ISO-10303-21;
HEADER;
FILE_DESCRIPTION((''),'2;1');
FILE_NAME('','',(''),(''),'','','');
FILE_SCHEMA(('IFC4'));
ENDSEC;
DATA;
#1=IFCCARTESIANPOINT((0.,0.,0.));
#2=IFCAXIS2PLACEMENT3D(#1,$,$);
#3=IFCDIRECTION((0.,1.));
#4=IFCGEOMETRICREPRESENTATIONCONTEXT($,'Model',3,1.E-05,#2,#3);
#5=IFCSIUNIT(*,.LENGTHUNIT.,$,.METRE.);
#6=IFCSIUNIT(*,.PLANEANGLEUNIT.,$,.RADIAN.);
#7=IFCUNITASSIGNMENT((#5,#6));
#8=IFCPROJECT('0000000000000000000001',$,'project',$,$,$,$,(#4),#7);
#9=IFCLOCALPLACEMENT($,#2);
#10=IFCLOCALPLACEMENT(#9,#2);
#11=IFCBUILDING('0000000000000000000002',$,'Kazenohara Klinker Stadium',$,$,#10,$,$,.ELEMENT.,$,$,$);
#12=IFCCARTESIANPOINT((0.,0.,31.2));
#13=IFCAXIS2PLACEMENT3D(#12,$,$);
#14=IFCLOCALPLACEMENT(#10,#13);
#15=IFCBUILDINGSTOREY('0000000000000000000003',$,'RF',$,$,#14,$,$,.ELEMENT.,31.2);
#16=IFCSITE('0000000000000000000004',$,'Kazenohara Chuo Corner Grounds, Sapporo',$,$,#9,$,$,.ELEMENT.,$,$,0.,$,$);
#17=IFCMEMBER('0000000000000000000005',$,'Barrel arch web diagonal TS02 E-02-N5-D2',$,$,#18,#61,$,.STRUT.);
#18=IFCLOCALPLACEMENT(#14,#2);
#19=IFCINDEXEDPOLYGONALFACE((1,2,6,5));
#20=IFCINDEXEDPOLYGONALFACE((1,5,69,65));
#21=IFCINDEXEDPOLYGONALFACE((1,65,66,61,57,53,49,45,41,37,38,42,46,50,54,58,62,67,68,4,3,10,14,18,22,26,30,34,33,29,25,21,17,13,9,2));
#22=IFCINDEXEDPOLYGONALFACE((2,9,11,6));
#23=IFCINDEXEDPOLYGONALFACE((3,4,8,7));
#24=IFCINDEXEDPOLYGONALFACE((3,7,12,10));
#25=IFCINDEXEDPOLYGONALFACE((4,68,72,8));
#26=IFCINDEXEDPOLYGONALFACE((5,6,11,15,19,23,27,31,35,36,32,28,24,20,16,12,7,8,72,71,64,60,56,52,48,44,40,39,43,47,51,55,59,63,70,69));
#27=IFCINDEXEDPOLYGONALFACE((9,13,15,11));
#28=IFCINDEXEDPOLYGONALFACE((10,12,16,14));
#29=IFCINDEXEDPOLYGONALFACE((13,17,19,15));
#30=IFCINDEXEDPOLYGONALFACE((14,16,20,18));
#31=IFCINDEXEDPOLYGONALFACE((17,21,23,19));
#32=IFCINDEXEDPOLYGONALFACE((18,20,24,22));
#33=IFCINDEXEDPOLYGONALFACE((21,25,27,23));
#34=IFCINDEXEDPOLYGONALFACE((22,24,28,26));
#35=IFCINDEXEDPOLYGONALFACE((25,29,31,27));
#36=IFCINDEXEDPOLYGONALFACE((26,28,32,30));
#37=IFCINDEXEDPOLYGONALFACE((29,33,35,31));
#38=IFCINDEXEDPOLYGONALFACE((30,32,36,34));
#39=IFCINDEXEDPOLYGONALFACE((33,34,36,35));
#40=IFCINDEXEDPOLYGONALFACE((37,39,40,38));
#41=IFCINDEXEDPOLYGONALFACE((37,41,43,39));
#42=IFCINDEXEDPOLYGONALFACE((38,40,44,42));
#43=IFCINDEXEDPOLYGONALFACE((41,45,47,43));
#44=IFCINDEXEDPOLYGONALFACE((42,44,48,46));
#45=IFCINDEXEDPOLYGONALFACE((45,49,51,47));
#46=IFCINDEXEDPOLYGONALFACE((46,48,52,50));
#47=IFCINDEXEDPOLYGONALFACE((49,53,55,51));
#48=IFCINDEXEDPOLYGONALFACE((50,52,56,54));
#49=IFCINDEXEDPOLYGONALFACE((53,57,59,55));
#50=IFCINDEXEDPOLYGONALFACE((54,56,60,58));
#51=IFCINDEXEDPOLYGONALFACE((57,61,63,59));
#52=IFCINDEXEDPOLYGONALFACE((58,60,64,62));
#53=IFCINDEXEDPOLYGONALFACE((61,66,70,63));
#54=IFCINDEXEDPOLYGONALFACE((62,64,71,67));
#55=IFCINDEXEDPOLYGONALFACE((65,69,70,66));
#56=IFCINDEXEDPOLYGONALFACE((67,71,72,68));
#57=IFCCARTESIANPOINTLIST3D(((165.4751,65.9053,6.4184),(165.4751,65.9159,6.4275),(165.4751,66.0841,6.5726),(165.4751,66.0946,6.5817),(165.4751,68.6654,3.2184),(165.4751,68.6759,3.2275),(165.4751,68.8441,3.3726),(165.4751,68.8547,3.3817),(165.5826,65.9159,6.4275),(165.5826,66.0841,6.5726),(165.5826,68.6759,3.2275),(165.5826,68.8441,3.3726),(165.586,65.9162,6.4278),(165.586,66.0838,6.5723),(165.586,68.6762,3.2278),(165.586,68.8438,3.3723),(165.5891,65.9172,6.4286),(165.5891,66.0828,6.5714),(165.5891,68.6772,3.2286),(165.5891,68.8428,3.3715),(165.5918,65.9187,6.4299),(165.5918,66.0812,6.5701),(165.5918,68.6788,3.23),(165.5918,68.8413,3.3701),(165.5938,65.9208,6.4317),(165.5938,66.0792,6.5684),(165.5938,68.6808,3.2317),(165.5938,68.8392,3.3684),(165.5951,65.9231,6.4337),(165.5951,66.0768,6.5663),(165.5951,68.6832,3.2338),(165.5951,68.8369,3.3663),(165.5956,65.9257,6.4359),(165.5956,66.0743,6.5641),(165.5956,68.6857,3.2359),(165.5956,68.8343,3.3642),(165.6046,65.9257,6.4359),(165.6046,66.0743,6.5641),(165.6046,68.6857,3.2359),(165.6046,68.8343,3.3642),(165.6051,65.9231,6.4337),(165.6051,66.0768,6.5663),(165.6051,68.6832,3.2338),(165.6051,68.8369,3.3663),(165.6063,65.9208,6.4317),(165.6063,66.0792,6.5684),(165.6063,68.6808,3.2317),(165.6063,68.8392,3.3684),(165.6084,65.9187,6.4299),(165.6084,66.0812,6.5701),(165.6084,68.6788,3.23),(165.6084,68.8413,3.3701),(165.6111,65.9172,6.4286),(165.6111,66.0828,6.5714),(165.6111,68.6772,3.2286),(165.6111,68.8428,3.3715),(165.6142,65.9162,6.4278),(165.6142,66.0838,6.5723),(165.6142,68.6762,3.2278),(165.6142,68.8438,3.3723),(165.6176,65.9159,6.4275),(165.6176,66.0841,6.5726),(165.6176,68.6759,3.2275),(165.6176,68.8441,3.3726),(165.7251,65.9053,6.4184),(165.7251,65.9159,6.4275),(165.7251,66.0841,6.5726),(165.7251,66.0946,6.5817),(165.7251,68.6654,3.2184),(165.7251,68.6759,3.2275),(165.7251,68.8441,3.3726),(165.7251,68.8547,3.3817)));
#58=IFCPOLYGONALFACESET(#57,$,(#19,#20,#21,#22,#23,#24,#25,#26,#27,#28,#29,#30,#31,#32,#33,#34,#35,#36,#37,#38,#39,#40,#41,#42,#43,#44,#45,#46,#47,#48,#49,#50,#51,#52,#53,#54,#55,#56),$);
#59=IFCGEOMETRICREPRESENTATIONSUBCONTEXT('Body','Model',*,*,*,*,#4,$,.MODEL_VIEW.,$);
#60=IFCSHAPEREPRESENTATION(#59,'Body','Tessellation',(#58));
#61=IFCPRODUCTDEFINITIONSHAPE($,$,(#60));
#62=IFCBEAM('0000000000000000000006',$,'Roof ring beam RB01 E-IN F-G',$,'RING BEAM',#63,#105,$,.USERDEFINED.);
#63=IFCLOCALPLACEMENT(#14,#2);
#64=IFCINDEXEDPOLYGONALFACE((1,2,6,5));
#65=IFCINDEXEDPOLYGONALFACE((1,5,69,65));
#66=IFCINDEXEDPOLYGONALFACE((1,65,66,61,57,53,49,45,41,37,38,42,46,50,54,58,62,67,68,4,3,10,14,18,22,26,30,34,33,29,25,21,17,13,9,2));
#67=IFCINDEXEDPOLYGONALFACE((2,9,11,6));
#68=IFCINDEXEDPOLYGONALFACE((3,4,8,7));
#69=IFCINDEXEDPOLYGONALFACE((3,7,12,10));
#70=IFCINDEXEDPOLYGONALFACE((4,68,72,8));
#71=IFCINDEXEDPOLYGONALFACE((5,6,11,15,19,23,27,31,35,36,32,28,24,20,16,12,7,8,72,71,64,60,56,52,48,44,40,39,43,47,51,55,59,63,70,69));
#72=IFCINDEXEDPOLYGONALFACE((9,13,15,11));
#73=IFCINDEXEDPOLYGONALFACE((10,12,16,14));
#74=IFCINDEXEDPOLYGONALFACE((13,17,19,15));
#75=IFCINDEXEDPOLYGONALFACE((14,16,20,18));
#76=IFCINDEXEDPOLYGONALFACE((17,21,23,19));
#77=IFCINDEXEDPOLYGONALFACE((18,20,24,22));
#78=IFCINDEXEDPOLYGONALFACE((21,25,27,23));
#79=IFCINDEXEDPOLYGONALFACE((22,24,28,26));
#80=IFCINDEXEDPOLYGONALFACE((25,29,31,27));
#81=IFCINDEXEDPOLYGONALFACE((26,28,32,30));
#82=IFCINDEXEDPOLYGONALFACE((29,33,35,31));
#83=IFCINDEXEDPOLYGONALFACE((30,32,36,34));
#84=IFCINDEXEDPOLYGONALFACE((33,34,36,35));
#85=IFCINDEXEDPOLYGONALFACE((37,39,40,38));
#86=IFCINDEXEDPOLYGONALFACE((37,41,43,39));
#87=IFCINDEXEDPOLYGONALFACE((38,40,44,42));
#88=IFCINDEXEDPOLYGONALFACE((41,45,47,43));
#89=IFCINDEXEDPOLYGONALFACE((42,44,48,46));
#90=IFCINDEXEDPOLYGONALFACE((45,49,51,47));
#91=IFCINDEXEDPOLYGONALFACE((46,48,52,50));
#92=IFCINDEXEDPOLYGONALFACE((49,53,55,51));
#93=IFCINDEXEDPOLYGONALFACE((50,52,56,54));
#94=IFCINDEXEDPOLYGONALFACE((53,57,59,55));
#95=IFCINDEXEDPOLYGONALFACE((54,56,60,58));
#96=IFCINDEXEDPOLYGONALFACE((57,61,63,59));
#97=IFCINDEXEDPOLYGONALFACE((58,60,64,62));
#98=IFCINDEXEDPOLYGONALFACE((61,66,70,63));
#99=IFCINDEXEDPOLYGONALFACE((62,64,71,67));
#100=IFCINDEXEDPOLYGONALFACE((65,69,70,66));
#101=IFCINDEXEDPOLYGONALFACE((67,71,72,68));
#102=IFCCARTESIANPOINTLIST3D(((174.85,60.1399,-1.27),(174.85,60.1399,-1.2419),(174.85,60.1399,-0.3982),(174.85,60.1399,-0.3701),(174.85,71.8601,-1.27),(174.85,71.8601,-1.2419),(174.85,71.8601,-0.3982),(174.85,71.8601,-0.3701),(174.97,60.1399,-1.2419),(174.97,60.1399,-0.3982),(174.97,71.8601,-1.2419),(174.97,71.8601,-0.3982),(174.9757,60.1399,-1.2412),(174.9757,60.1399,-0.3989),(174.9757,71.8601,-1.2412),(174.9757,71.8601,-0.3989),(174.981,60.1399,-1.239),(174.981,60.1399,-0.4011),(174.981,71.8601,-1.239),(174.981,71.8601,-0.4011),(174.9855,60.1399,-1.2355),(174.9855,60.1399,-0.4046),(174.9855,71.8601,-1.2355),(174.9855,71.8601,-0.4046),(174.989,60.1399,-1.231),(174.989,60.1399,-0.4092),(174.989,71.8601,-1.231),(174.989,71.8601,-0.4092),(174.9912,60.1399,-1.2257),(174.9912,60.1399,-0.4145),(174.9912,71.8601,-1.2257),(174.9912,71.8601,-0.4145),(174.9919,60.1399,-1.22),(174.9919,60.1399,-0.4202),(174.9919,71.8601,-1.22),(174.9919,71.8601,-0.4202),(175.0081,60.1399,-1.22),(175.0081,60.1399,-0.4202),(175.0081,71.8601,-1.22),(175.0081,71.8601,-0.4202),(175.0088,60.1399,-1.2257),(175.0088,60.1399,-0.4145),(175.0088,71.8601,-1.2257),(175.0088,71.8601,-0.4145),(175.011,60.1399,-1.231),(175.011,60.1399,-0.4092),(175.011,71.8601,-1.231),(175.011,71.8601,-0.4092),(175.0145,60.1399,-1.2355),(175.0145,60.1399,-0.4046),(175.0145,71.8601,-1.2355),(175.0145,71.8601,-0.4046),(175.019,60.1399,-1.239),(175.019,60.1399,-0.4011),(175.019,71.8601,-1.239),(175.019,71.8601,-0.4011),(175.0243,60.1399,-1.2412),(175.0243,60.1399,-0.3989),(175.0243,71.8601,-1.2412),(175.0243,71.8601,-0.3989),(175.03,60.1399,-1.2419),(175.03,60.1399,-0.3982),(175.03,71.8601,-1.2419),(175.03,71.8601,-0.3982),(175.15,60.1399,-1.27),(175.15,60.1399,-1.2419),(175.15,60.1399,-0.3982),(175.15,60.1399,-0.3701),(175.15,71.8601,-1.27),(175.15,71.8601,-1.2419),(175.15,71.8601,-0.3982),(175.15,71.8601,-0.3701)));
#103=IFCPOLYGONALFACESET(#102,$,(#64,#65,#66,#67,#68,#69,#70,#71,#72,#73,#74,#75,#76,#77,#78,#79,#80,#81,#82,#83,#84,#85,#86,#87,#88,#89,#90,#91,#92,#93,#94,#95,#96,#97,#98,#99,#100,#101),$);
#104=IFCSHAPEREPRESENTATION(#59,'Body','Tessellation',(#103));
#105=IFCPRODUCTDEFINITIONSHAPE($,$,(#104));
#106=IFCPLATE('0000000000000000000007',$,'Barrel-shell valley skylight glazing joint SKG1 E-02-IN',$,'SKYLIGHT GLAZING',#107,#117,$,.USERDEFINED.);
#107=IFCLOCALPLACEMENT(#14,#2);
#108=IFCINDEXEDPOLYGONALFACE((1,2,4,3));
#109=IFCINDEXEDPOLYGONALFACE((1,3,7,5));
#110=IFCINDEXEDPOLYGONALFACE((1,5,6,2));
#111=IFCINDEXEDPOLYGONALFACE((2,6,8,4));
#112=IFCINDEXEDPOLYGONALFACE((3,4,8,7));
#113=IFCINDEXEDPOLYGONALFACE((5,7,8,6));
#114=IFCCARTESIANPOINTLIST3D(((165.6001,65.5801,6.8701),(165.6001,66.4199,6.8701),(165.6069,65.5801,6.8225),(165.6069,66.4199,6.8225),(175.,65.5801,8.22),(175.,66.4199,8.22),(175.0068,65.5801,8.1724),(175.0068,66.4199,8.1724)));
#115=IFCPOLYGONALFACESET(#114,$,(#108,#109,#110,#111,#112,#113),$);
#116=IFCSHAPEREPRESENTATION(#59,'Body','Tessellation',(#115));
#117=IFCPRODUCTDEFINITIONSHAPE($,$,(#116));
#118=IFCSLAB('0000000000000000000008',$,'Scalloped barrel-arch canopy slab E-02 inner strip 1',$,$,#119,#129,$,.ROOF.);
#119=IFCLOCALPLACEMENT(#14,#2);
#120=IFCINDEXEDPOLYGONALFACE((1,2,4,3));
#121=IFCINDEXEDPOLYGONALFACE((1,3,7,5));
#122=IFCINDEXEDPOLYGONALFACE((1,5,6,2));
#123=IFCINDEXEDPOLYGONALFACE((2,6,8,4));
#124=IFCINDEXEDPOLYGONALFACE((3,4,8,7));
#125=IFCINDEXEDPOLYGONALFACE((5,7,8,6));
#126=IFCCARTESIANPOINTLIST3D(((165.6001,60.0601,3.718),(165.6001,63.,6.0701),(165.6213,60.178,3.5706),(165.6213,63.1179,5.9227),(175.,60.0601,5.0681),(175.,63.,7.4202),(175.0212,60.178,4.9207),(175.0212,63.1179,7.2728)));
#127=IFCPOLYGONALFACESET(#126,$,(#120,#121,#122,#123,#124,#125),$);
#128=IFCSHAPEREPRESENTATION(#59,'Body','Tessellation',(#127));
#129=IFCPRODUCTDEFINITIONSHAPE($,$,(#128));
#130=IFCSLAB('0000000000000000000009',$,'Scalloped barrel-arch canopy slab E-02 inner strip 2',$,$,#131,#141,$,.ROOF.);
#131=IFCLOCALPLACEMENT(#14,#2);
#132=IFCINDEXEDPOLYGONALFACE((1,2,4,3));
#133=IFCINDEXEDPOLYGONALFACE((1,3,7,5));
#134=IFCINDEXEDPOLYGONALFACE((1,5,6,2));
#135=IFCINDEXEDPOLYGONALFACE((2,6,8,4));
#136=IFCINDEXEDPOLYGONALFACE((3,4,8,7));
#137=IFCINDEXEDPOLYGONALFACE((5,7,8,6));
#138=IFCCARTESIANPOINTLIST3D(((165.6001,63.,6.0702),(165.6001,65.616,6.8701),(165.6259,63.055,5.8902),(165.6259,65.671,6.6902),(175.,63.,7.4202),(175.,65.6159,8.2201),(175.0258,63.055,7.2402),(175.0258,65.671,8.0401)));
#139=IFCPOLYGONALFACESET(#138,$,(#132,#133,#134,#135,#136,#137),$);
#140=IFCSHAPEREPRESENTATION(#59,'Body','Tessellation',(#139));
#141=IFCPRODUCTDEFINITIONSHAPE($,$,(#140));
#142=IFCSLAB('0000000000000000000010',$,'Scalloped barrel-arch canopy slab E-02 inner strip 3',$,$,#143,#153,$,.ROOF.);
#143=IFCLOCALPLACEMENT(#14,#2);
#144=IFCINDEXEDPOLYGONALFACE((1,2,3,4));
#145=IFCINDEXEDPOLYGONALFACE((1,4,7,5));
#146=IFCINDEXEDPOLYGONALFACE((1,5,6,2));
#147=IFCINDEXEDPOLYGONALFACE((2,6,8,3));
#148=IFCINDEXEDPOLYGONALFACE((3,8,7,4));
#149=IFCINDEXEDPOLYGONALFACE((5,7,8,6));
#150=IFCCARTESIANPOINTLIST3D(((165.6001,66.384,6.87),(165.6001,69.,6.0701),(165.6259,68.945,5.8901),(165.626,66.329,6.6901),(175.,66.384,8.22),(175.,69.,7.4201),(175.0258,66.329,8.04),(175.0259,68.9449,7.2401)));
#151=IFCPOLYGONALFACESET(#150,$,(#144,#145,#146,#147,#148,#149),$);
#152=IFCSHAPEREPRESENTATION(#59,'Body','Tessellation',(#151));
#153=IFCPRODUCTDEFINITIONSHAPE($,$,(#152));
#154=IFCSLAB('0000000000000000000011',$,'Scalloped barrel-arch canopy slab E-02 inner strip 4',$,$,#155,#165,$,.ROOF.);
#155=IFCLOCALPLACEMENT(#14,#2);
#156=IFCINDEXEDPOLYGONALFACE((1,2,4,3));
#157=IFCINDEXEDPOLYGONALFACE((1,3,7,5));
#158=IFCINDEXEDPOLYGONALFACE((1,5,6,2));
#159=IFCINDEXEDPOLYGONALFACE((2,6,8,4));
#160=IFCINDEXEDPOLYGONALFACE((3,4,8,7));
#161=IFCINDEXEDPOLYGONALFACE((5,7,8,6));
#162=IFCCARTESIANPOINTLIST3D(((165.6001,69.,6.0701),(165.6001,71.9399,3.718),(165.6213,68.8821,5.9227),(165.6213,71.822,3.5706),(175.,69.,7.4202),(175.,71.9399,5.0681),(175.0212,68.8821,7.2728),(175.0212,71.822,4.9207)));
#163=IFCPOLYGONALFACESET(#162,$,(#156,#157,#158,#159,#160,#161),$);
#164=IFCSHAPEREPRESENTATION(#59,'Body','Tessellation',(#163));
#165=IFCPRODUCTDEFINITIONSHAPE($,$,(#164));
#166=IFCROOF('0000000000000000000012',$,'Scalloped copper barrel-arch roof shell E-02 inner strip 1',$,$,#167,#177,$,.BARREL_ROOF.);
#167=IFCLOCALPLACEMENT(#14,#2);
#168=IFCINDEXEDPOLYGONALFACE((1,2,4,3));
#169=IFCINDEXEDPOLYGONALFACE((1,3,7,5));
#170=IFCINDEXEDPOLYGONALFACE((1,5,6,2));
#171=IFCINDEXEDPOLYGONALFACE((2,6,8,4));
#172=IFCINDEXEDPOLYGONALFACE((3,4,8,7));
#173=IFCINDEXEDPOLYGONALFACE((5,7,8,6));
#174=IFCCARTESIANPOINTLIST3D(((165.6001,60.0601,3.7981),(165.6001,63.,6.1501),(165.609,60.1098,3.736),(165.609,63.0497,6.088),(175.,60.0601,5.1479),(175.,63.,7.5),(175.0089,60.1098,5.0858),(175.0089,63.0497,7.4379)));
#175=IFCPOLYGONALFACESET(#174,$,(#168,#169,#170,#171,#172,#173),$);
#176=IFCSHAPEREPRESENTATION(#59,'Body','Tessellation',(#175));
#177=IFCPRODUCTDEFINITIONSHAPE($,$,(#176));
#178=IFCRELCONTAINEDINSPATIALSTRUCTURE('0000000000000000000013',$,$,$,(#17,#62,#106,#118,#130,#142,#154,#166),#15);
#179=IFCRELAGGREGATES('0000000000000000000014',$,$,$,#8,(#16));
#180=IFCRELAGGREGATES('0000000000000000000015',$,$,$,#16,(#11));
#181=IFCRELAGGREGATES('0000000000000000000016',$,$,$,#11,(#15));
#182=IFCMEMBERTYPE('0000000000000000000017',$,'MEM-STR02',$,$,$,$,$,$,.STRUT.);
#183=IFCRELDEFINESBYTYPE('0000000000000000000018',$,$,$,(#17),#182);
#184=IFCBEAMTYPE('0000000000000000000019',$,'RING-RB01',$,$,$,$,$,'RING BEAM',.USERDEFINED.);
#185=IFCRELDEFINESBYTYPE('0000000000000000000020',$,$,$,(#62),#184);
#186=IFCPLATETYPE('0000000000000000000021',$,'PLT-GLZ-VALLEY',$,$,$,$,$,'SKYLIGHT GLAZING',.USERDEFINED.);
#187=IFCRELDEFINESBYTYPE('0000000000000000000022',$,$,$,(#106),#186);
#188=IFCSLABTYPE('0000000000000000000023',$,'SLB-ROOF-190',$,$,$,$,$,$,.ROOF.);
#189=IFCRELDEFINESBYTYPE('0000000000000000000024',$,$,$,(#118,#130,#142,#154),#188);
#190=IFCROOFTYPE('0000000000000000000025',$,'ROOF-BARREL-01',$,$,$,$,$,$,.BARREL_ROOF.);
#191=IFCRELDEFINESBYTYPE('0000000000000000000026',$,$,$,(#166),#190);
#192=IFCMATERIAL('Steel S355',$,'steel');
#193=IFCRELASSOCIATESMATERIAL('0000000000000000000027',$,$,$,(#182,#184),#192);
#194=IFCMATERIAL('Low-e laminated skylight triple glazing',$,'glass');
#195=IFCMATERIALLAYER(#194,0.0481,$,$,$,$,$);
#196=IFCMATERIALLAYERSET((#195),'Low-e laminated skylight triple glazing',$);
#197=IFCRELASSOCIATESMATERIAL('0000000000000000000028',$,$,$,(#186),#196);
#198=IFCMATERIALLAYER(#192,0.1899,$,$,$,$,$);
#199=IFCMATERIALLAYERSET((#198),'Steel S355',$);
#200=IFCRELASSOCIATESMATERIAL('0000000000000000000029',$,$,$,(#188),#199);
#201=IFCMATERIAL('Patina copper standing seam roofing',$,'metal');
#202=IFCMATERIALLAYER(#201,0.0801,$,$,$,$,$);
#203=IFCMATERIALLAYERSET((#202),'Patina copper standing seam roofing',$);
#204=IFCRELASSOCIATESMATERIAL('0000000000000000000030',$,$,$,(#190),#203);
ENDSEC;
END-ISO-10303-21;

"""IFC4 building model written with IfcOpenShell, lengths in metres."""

from ifc_helpers import new_model, si_unit, direction, frame, origin, origin_2d, place, context, subcontext, project, spatial, polyline, i_section, outline, extrude, material, layer, layer_set, material_profile, profile_set, type_object, element, save


model = new_model("IFC4")

# Units and contexts
model_context = context("Model", 3, precision=1e-05, world=origin(), true_north=direction((0.0, 1.0)))
body_context = subcontext(model_context, "Body", "Model", "MODEL_VIEW")
ifc_project = project(units=[si_unit("LENGTHUNIT", "METRE"), si_unit("PLANEANGLEUNIT", "RADIAN")], contexts=[model_context])

# Site, building, storey
site_placement = place(None, origin())
site = spatial("IfcSite", under=ifc_project, at=site_placement, Name="Kazenohara Chuo Corner Grounds, Sapporo", CompositionType="ELEMENT", RefElevation=0.0)
building_placement = place(site_placement, origin())
building = spatial("IfcBuilding", under=site, at=building_placement, Name="Kazenohara Klinker Stadium", CompositionType="ELEMENT")
storey_placement = place(building_placement, frame((0.0, 0.0, 31.2)))
storey = spatial("IfcBuildingStorey", under=building, at=storey_placement, Name="RF", CompositionType="ELEMENT", Elevation=31.2)

# Member
ifc_material_1 = material(Name="Steel S355", Category="steel")
ifc_material_profile_1 = material_profile(ifc_material_1, i_section(OverallWidth=0.25, OverallDepth=0.25, WebThickness=0.009, FlangeThickness=0.0139, FilletRadius=0.0129, at=origin_2d()), Name="H-250x250x9x14")
ifc_profile_set_1 = profile_set([ifc_material_profile_1], Name="Steel S355")
member_type_1 = type_object("IfcMemberType", Name="MEM-STR02", PredefinedType="STRUT", material=ifc_profile_set_1)
for number, where, z_axis, x_axis, name in (
    (1, (165.6001, 68.76, 3.3), (0.0, -0.653134, 0.757242), (1.0, 0.0, 0.0), "Barrel arch web diagonal TS02 E-02-N5-D2"),
):
    element("IfcMember", number, at=place(storey_placement, frame(where, z_axis=z_axis, x_axis=x_axis)), inside=storey, type_object=member_type_1, Name=name, PredefinedType="STRUT", context=body_context, shape_type="SweptSolid", body=[
        extrude(i_section(OverallWidth=0.25, OverallDepth=0.25, WebThickness=0.009, FlangeThickness=0.0139, FilletRadius=0.0129, at=origin_2d()), origin(), (0.0, 0.0, 1.0), 4.2258),
    ])

# Beam
ifc_material_profile_2 = material_profile(ifc_material_1, i_section(OverallWidth=0.3, OverallDepth=0.8999, WebThickness=0.0161, FlangeThickness=0.0281, FilletRadius=0.022, at=origin_2d()), Name="H-900x300x16x28")
ifc_profile_set_2 = profile_set([ifc_material_profile_2], Name="Steel S355")
beam_type = type_object("IfcBeamType", Name="RING-RB01", ElementType="RING BEAM", PredefinedType="USERDEFINED", material=ifc_profile_set_2)
beam_placement = place(storey_placement, frame((175.0, 60.1399, -0.8201), z_axis=(0.0, 1.0, 0.0), x_axis=(-1.0, 0.0, 0.0)))
element("IfcBeam", 2, at=beam_placement, inside=storey, type_object=beam_type, Name="Roof ring beam RB01 E-IN F-G", ObjectType="RING BEAM", PredefinedType="USERDEFINED", context=body_context, shape_type="SweptSolid", body=[
    extrude(i_section(OverallWidth=0.3, OverallDepth=0.8999, WebThickness=0.0161, FlangeThickness=0.0281, FilletRadius=0.022, at=origin_2d()), origin(), (0.0, 0.0, 1.0), 11.7202),
])

# Plate
ifc_material_2 = material(Name="Low-e laminated skylight triple glazing", Category="glass")
ifc_layer_1 = layer(ifc_material_2, 0.0481)
ifc_layer_set_1 = layer_set([ifc_layer_1], Name="Low-e laminated skylight triple glazing")
plate_type = type_object("IfcPlateType", Name="PLT-GLZ-VALLEY", ElementType="SKYLIGHT GLAZING", PredefinedType="USERDEFINED", material=ifc_layer_set_1)
plate_placement = place(storey_placement, frame((175.0, 65.5801, 8.22), z_axis=(-0.142145, 0.0, 0.989846), x_axis=(-0.989846, 0.0, -0.142145)))
element("IfcPlate", 3, at=plate_placement, inside=storey, type_object=plate_type, Name="Barrel-shell valley skylight glazing joint SKG1 E-02-IN", ObjectType="SKYLIGHT GLAZING", PredefinedType="USERDEFINED", context=body_context, shape_type="SweptSolid", body=[
    extrude(outline(polyline([(0.0, 0.0), (9.4963, 0.0), (9.4963, -0.8398), (0.0, -0.8398), (0.0, 0.0)])), origin(), (0.0, 0.0, -1.0), 0.0481),
])

# Slabs
ifc_layer_2 = layer(ifc_material_1, 0.1899)
ifc_layer_set_2 = layer_set([ifc_layer_2], Name="Steel S355")
slab_type = type_object("IfcSlabType", Name="SLB-ROOF-190", PredefinedType="ROOF", material=ifc_layer_set_2)
slab_1_placement = place(storey_placement, frame((175.0, 60.0601, 5.0681), z_axis=(-0.111455, -0.620819, 0.775991), x_axis=(-0.989842, 0.0, -0.14217)))
element("IfcSlab", 4, at=slab_1_placement, inside=storey, type_object=slab_type, Name="Scalloped barrel-arch canopy slab E-02 inner strip 1", PredefinedType="ROOF", context=body_context, shape_type="SweptSolid", body=[
    extrude(outline(polyline([(0.0, 0.0), (9.4964, 0.0), (9.162, -3.7501), (-0.3344, -3.7501), (0.0, 0.0)])), origin(), (0.0, 0.0, -1.0), 0.1899),
])
slab_2_placement = place(storey_placement, frame((175.0, 63.0, 7.4202), z_axis=(-0.136061, -0.289701, 0.947397), x_axis=(-0.989844, -0.000004, -0.142158)))
element("IfcSlab", 5, at=slab_2_placement, inside=storey, type_object=slab_type, Name="Scalloped barrel-arch canopy slab E-02 inner strip 2", PredefinedType="ROOF", context=body_context, shape_type="SweptSolid", body=[
    extrude(outline(polyline([(0.0, 0.0), (9.4964, 0.0), (9.3826, -2.7332), (-0.1137, -2.7331), (0.0, 0.0)])), origin(), (0.0, 0.0, -1.0), 0.1899),
])
slab_3_placement = place(storey_placement, frame((175.0, 66.384, 8.22), z_axis=(-0.136061, 0.289701, 0.947397), x_axis=(-0.989844, -0.000004, -0.142156)))
element("IfcSlab", 6, at=slab_3_placement, inside=storey, type_object=slab_type, Name="Scalloped barrel-arch canopy slab E-02 inner strip 3", PredefinedType="ROOF", context=body_context, shape_type="SweptSolid", body=[
    extrude(outline(polyline([(0.0, 0.0), (9.4963, 0.0), (9.6101, -2.7332), (0.1137, -2.7331), (0.0, 0.0)])), origin(), (0.0, 0.0, -1.0), 0.1899),
])
slab_4_placement = place(storey_placement, frame((175.0, 69.0, 7.4202), z_axis=(-0.111455, 0.620819, 0.775991), x_axis=(-0.989842, 0.0, -0.14217)))
element("IfcSlab", 7, at=slab_4_placement, inside=storey, type_object=slab_type, Name="Scalloped barrel-arch canopy slab E-02 inner strip 4", PredefinedType="ROOF", context=body_context, shape_type="SweptSolid", body=[
    extrude(outline(polyline([(0.0, 0.0), (9.4964, 0.0), (9.8308, -3.7501), (0.3344, -3.7501), (0.0, 0.0)])), origin(), (0.0, 0.0, -1.0), 0.1899),
])

# Roof
ifc_material_3 = material(Name="Patina copper standing seam roofing", Category="metal")
ifc_layer_3 = layer(ifc_material_3, 0.0801)
ifc_layer_set_3 = layer_set([ifc_layer_3], Name="Patina copper standing seam roofing")
roof_type = type_object("IfcRoofType", Name="ROOF-BARREL-01", PredefinedType="BARREL_ROOF", material=ifc_layer_set_3)
roof_1_placement = place(storey_placement, frame((175.0, 60.0601, 5.1479), z_axis=(-0.111435, -0.62082, 0.775993), x_axis=(-0.989846, 0.0, -0.142145)))
element("IfcRoof", 8, at=roof_1_placement, inside=storey, type_object=roof_type, Name="Scalloped copper barrel-arch roof shell E-02 inner strip 1", PredefinedType="BARREL_ROOF", context=body_context, shape_type="SweptSolid", body=[
    extrude(outline(polyline([(0.0, 0.0), (9.4963, 0.0), (9.162, -3.7501), (-0.3343, -3.7501), (0.0, 0.0)])), origin(), (0.0, 0.0, -1.0), 0.0801),
])

save(model, "model.ifc")
